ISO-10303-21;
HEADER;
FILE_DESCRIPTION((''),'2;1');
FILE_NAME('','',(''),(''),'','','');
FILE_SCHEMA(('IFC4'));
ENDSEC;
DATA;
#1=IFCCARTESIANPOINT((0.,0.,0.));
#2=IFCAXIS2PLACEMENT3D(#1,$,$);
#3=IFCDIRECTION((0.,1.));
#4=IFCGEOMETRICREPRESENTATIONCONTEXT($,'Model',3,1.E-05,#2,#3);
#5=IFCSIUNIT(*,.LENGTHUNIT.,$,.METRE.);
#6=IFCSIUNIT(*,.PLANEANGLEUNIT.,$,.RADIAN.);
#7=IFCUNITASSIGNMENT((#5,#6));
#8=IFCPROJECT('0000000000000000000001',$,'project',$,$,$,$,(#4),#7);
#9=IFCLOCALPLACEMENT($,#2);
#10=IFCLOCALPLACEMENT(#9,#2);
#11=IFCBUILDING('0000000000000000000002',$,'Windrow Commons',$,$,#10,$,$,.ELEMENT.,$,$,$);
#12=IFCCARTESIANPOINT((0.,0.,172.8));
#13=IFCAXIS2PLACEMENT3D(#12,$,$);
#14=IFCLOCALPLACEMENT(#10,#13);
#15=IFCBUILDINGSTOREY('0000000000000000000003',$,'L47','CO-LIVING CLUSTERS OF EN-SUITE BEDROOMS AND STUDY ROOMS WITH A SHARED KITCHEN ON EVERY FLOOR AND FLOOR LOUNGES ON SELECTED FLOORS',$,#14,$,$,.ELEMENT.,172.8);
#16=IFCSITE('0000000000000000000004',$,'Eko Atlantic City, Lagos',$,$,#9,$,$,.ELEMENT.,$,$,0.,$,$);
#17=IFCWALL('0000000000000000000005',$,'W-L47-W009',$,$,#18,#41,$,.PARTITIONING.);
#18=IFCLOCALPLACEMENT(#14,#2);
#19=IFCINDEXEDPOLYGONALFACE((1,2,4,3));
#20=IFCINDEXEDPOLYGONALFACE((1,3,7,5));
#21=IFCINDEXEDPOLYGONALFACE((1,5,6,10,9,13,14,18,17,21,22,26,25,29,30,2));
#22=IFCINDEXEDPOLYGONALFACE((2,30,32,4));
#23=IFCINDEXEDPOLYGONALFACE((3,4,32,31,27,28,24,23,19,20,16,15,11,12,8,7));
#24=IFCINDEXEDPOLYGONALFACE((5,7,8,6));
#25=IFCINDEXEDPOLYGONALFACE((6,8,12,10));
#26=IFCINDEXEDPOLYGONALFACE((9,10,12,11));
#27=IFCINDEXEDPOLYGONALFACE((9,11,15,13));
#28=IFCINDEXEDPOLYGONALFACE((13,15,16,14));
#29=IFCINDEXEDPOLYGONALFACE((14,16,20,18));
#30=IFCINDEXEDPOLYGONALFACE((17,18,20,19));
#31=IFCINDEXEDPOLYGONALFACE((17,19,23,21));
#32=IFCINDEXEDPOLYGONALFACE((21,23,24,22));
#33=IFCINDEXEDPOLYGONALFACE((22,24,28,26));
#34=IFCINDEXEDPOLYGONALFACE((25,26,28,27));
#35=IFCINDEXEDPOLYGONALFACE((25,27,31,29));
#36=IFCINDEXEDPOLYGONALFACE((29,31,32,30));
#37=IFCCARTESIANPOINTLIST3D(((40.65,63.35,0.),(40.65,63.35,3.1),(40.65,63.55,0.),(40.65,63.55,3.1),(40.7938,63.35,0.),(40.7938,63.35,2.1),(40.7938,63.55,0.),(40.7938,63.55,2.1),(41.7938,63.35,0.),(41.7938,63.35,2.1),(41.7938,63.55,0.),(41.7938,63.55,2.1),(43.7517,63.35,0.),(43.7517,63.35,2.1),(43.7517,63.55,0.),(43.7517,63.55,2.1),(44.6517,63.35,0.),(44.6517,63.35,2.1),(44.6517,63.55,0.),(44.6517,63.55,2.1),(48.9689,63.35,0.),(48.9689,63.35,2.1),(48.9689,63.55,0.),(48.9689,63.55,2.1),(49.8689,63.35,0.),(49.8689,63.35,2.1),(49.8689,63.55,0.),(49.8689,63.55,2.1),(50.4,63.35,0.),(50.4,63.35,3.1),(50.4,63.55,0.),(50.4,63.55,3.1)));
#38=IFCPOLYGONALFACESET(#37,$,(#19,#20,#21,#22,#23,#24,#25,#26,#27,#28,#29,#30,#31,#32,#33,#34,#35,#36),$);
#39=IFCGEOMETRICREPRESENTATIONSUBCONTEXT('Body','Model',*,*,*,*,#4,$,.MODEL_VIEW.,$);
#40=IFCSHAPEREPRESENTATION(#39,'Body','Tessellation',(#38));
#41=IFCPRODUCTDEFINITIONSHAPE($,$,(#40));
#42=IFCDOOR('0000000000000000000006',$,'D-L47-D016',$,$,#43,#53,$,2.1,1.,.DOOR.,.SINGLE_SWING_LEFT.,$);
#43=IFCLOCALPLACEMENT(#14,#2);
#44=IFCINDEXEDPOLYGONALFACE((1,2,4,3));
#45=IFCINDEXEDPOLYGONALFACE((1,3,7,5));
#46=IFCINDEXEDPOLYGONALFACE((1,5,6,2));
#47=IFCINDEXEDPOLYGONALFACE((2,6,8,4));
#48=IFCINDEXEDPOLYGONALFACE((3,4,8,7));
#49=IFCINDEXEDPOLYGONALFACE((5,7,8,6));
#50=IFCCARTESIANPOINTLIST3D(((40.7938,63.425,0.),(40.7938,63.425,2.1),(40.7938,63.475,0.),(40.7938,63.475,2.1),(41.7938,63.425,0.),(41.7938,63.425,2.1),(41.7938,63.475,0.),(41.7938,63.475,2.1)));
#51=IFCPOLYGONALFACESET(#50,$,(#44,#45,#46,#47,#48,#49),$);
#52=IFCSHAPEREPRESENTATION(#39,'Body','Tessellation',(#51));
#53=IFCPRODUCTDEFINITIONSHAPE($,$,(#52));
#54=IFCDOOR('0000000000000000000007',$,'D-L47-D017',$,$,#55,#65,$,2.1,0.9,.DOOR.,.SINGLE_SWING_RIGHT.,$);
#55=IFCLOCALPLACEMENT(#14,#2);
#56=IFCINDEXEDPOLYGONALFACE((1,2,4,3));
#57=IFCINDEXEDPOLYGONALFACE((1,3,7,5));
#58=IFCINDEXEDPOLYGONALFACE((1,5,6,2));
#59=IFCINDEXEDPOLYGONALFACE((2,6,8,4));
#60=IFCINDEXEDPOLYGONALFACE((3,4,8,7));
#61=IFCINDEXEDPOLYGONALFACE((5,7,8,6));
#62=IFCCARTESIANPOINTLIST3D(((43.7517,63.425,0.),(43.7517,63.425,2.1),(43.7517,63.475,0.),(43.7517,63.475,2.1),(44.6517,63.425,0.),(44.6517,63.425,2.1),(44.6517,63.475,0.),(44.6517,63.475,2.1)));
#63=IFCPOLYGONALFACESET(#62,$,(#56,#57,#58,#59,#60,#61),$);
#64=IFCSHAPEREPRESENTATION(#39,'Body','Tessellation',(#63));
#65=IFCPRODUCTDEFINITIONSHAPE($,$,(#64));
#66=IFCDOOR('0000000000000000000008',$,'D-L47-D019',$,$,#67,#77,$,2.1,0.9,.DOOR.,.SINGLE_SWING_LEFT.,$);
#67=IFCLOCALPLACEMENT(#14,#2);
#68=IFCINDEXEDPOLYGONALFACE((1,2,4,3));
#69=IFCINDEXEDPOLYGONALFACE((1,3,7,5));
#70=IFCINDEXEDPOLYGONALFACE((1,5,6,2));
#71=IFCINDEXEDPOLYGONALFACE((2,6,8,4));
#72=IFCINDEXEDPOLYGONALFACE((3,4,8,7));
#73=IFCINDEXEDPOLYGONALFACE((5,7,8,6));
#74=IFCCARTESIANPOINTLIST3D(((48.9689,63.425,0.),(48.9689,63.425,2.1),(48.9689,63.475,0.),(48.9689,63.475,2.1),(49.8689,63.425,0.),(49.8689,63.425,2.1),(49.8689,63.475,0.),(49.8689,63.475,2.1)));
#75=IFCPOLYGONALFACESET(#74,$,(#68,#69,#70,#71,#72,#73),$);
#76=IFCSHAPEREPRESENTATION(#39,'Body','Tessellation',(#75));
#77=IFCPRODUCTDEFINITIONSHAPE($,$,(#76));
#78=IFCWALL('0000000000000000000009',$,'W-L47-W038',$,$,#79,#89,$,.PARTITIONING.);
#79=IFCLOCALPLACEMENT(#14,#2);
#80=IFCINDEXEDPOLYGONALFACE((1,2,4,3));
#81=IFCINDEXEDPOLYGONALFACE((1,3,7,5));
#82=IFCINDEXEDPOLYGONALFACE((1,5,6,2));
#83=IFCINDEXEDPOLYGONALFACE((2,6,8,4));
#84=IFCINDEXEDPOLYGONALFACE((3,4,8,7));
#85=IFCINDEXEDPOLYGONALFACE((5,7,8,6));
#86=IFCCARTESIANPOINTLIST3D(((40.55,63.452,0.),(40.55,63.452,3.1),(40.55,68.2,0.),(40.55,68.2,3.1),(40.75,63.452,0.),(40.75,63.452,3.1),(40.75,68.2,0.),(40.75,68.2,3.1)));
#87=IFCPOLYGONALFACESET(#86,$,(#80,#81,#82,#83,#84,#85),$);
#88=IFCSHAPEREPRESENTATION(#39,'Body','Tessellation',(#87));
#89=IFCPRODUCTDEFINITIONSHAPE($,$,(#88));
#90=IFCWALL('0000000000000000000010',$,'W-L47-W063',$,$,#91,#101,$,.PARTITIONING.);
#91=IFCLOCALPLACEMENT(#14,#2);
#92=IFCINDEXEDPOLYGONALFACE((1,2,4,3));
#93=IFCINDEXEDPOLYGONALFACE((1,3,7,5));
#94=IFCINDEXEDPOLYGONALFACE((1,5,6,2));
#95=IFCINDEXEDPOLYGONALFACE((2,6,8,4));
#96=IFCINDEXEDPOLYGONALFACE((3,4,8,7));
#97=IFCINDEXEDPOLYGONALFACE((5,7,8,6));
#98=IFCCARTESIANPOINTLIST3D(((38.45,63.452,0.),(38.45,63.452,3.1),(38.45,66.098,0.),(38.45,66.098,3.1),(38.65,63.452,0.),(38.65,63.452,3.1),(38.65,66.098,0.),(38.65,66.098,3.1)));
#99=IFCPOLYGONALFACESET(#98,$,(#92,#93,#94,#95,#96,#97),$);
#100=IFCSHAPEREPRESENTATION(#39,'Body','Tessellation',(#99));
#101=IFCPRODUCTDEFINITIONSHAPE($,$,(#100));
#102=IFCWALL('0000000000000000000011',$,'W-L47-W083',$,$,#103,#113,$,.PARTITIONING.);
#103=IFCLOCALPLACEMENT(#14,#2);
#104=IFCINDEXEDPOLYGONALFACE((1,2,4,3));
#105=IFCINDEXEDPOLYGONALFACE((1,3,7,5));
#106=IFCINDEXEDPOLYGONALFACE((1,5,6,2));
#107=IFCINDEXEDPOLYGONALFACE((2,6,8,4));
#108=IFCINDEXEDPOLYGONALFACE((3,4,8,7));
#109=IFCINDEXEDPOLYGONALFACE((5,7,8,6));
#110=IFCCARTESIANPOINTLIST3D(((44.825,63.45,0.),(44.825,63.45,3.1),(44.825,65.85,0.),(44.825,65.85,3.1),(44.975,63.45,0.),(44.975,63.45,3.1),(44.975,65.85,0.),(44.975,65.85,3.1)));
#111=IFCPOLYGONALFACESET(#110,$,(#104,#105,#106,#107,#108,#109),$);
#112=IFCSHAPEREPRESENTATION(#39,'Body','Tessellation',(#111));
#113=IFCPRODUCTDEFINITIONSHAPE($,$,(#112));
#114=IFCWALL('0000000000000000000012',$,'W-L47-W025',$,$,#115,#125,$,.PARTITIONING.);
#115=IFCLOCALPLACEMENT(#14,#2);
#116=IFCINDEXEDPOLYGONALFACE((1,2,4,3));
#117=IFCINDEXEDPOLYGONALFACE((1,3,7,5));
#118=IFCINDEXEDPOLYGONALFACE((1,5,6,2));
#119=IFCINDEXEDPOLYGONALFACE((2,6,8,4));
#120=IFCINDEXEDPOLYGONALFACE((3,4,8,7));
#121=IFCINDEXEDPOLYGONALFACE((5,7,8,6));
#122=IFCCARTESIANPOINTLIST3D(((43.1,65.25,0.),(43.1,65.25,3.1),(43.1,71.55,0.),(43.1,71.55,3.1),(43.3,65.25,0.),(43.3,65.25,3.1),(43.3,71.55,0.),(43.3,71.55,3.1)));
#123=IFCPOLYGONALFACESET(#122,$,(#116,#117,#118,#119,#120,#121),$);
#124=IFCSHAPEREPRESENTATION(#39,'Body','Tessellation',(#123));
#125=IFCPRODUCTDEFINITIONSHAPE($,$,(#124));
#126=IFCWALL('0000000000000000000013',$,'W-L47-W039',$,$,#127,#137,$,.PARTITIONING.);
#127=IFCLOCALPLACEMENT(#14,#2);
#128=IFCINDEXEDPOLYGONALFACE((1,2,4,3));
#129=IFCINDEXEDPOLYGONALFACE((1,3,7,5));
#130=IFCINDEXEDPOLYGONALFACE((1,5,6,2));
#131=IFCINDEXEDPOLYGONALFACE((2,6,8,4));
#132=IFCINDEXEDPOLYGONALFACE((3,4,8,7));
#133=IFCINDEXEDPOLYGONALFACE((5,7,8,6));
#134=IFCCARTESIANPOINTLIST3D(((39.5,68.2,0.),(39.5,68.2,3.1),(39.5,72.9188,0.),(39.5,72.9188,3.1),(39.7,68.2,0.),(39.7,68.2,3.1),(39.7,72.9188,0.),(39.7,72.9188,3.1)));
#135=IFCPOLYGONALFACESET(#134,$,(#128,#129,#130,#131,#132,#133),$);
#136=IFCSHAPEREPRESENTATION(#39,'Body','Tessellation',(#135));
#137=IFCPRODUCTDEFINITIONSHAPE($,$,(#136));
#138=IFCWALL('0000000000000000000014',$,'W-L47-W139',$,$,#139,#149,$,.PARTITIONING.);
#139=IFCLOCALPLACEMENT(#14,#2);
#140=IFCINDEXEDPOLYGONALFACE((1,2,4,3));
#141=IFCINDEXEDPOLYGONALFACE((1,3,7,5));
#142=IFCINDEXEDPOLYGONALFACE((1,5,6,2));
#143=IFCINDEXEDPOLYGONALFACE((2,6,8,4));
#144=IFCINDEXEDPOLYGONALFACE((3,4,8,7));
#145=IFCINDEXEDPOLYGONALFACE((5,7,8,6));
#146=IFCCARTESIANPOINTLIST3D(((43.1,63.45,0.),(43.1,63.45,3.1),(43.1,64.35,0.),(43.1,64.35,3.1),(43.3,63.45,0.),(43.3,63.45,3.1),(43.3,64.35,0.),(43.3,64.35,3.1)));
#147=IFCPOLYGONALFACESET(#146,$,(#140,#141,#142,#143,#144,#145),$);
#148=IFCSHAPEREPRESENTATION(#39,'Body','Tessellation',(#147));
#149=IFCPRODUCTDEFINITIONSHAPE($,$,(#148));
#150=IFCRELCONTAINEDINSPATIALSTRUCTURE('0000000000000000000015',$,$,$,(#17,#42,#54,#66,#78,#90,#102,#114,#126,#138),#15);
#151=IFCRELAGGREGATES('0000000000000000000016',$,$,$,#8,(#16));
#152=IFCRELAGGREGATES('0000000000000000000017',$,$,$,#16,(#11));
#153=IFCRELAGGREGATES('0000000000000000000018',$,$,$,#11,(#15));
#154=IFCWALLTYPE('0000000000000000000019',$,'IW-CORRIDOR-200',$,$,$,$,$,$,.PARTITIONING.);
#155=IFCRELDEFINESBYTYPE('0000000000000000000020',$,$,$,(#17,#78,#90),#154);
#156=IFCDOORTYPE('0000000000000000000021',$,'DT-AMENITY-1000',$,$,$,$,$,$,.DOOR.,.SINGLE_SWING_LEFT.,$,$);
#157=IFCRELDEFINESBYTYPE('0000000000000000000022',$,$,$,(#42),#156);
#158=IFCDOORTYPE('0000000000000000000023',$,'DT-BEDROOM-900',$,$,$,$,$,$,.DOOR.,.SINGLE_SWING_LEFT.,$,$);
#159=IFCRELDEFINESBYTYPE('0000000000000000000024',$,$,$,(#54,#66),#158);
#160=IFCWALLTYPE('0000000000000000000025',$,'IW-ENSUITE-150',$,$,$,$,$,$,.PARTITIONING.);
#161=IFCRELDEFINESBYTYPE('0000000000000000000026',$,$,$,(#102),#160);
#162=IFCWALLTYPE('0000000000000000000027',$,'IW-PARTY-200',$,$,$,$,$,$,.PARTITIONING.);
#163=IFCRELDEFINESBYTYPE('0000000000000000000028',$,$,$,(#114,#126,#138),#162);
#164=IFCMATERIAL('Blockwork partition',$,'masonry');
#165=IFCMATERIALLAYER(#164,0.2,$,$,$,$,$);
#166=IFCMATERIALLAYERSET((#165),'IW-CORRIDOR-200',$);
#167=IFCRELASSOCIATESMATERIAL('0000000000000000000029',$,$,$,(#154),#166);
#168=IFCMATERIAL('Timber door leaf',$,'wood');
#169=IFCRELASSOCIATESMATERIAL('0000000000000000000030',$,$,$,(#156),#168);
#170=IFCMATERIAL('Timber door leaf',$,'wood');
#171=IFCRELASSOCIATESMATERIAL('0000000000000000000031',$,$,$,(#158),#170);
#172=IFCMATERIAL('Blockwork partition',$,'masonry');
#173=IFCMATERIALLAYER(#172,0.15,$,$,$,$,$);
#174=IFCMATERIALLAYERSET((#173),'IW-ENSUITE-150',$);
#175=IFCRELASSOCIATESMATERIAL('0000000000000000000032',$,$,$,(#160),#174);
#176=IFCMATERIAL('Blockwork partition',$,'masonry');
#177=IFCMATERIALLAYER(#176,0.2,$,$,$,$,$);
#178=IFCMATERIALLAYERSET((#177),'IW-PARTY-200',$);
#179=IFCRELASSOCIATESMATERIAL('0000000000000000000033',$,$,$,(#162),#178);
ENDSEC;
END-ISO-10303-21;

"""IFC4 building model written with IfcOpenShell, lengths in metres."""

from ifc_helpers import new_model, si_unit, direction, frame, frame_2d, origin, place, context, subcontext, project, spatial, rectangle, extrude, material, layer, layer_set, type_object, element, fill, save


model = new_model("IFC4")

# Units and contexts
model_context = context("Model", 3, precision=1e-05, world=origin(), true_north=direction((0.0, 1.0)))
body_context = subcontext(model_context, "Body", "Model", "MODEL_VIEW")
ifc_project = project(units=[si_unit("LENGTHUNIT", "METRE"), si_unit("PLANEANGLEUNIT", "RADIAN")], contexts=[model_context])

# Site, building, storey
site_placement = place(None, origin())
site = spatial("IfcSite", under=ifc_project, at=site_placement, Name="Eko Atlantic City, Lagos", CompositionType="ELEMENT", RefElevation=0.0)
building_placement = place(site_placement, origin())
building = spatial("IfcBuilding", under=site, at=building_placement, Name="Windrow Commons", CompositionType="ELEMENT")
storey_placement = place(building_placement, frame((0.0, 0.0, 172.8)))
storey = spatial("IfcBuildingStorey", under=building, at=storey_placement, Name="L47", Description="CO-LIVING CLUSTERS OF EN-SUITE BEDROOMS AND STUDY ROOMS WITH A SHARED KITCHEN ON EVERY FLOOR AND FLOOR LOUNGES ON SELECTED FLOORS", CompositionType="ELEMENT", Elevation=172.8)

# Wall, openings, doors
ifc_material_1 = material(Name="Blockwork partition", Category="masonry")
ifc_layer_1 = layer(ifc_material_1, 0.2)
ifc_layer_set_1 = layer_set([ifc_layer_1], Name="IW-CORRIDOR-200")
wall_type_1 = type_object("IfcWallType", Name="IW-CORRIDOR-200", PredefinedType="PARTITIONING", material=ifc_layer_set_1)
wall_1_placement = place(storey_placement, frame((40.65, 63.45, 0.0), z_axis=(0.0, 0.0, 1.0), x_axis=(1.0, 0.0, 0.0)))
wall_1 = element("IfcWall", 1, at=wall_1_placement, inside=storey, type_object=wall_type_1, Name="W-L47-W009", PredefinedType="PARTITIONING", context=body_context, shape_type="SweptSolid", body=[
    extrude(rectangle(XDim=9.75, YDim=0.2, at=frame_2d((4.875, 0.0))), origin(), (0.0, 0.0, 1.0), 3.1),
])
opening_1_placement = place(wall_1_placement, frame((0.1438, 0.0, 0.0)))
opening_1 = element("IfcOpeningElement", 2, at=opening_1_placement, cuts=wall_1, PredefinedType="OPENING", context=body_context, shape_type="SweptSolid", body=[
    extrude(rectangle(XDim=1.0, YDim=2.1, at=frame_2d((0.5, 1.05))), frame((0.0, 0.11, 0.0), z_axis=(0.0, -1.0, 0.0), x_axis=(1.0, 0.0, 0.0)), (0.0, 0.0, 1.0), 0.22),
])
opening_2_placement = place(wall_1_placement, frame((3.1017, 0.0, 0.0)))
opening_2 = element("IfcOpeningElement", 3, at=opening_2_placement, cuts=wall_1, PredefinedType="OPENING", context=body_context, shape_type="SweptSolid", body=[
    extrude(rectangle(XDim=0.9, YDim=2.1, at=frame_2d((0.45, 1.05))), frame((0.0, 0.11, 0.0), z_axis=(0.0, -1.0, 0.0), x_axis=(1.0, 0.0, 0.0)), (0.0, 0.0, 1.0), 0.22),
])
opening_3_placement = place(wall_1_placement, frame((8.3189, 0.0, 0.0)))
opening_3 = element("IfcOpeningElement", 4, at=opening_3_placement, cuts=wall_1, PredefinedType="OPENING", context=body_context, shape_type="SweptSolid", body=[
    extrude(rectangle(XDim=0.9, YDim=2.1, at=frame_2d((0.45, 1.05))), frame((0.0, 0.11, 0.0), z_axis=(0.0, -1.0, 0.0), x_axis=(1.0, 0.0, 0.0)), (0.0, 0.0, 1.0), 0.22),
])
ifc_material_2 = material(Name="Timber door leaf", Category="wood")
door_type_1 = type_object("IfcDoorType", Name="DT-AMENITY-1000", OperationType="SINGLE_SWING_LEFT", PredefinedType="DOOR", material=ifc_material_2)
door_1_placement = place(opening_1_placement, origin())
door_1 = element("IfcDoor", 5, at=door_1_placement, inside=storey, type_object=door_type_1, Name="D-L47-D016", OperationType="SINGLE_SWING_LEFT", OverallHeight=2.1, OverallWidth=1.0, PredefinedType="DOOR", context=body_context, shape_type="SweptSolid", body=[
    extrude(rectangle(XDim=1.0, YDim=2.1, at=frame_2d((0.5, 1.05))), frame((0.0, 0.025, 0.0), z_axis=(0.0, -1.0, 0.0), x_axis=(1.0, 0.0, 0.0)), (0.0, 0.0, 1.0), 0.05),
])
fill(opening_1, door_1)
ifc_material_3 = material(Name="Timber door leaf", Category="wood")
door_type_2 = type_object("IfcDoorType", Name="DT-BEDROOM-900", OperationType="SINGLE_SWING_LEFT", PredefinedType="DOOR", material=ifc_material_3)
door_2_placement = place(opening_2_placement, origin())
door_2 = element("IfcDoor", 6, at=door_2_placement, inside=storey, type_object=door_type_2, Name="D-L47-D017", OperationType="SINGLE_SWING_RIGHT", OverallHeight=2.1, OverallWidth=0.9, PredefinedType="DOOR", context=body_context, shape_type="SweptSolid", body=[
    extrude(rectangle(XDim=0.9, YDim=2.1, at=frame_2d((0.45, 1.05))), frame((0.0, 0.025, 0.0), z_axis=(0.0, -1.0, 0.0), x_axis=(1.0, 0.0, 0.0)), (0.0, 0.0, 1.0), 0.05),
])
fill(opening_2, door_2)
door_3_placement = place(opening_3_placement, origin())
door_3 = element("IfcDoor", 7, at=door_3_placement, inside=storey, type_object=door_type_2, Name="D-L47-D019", OperationType="SINGLE_SWING_LEFT", OverallHeight=2.1, OverallWidth=0.9, PredefinedType="DOOR", context=body_context, shape_type="SweptSolid", body=[
    extrude(rectangle(XDim=0.9, YDim=2.1, at=frame_2d((0.45, 1.05))), frame((0.0, 0.025, 0.0), z_axis=(0.0, -1.0, 0.0), x_axis=(1.0, 0.0, 0.0)), (0.0, 0.0, 1.0), 0.05),
])
fill(opening_3, door_3)

# Walls
wall_2_placement = place(storey_placement, frame((40.65, 63.452, 0.0), z_axis=(0.0, 0.0, 1.0), x_axis=(0.0, 1.0, 0.0)))
element("IfcWall", 8, at=wall_2_placement, inside=storey, type_object=wall_type_1, Name="W-L47-W038", PredefinedType="PARTITIONING", context=body_context, shape_type="SweptSolid", body=[
    extrude(rectangle(XDim=4.748, YDim=0.2, at=frame_2d((2.374, 0.0))), origin(), (0.0, 0.0, 1.0), 3.1),
])
wall_3_placement = place(storey_placement, frame((38.55, 63.452, 0.0), z_axis=(0.0, 0.0, 1.0), x_axis=(0.0, 1.0, 0.0)))
element("IfcWall", 9, at=wall_3_placement, inside=storey, type_object=wall_type_1, Name="W-L47-W063", PredefinedType="PARTITIONING", context=body_context, shape_type="SweptSolid", body=[
    extrude(rectangle(XDim=2.646, YDim=0.2, at=frame_2d((1.323, 0.0))), origin(), (0.0, 0.0, 1.0), 3.1),
])
ifc_material_4 = material(Name="Blockwork partition", Category="masonry")
ifc_layer_2 = layer(ifc_material_4, 0.15)
ifc_layer_set_2 = layer_set([ifc_layer_2], Name="IW-ENSUITE-150")
wall_type_2 = type_object("IfcWallType", Name="IW-ENSUITE-150", PredefinedType="PARTITIONING", material=ifc_layer_set_2)
wall_4_placement = place(storey_placement, frame((44.9, 63.45, 0.0), z_axis=(0.0, 0.0, 1.0), x_axis=(0.0, 1.0, 0.0)))
element("IfcWall", 10, at=wall_4_placement, inside=storey, type_object=wall_type_2, Name="W-L47-W083", PredefinedType="PARTITIONING", context=body_context, shape_type="SweptSolid", body=[
    extrude(rectangle(XDim=2.4, YDim=0.15, at=frame_2d((1.2, 0.0))), origin(), (0.0, 0.0, 1.0), 3.1),
])
ifc_material_5 = material(Name="Blockwork partition", Category="masonry")
ifc_layer_3 = layer(ifc_material_5, 0.2)
ifc_layer_set_3 = layer_set([ifc_layer_3], Name="IW-PARTY-200")
wall_type_3 = type_object("IfcWallType", Name="IW-PARTY-200", PredefinedType="PARTITIONING", material=ifc_layer_set_3)
wall_5_placement = place(storey_placement, frame((43.2, 65.25, 0.0), z_axis=(0.0, 0.0, 1.0), x_axis=(0.0, 1.0, 0.0)))
element("IfcWall", 11, at=wall_5_placement, inside=storey, type_object=wall_type_3, Name="W-L47-W025", PredefinedType="PARTITIONING", context=body_context, shape_type="SweptSolid", body=[
    extrude(rectangle(XDim=6.3, YDim=0.2, at=frame_2d((3.15, 0.0))), origin(), (0.0, 0.0, 1.0), 3.1),
])
wall_6_placement = place(storey_placement, frame((39.6, 68.2, 0.0), z_axis=(0.0, 0.0, 1.0), x_axis=(0.0, 1.0, 0.0)))
element("IfcWall", 12, at=wall_6_placement, inside=storey, type_object=wall_type_3, Name="W-L47-W039", PredefinedType="PARTITIONING", context=body_context, shape_type="SweptSolid", body=[
    extrude(rectangle(XDim=4.7187, YDim=0.2, at=frame_2d((2.3594, 0.0))), origin(), (0.0, 0.0, 1.0), 3.1),
])
wall_7_placement = place(storey_placement, frame((43.2, 63.45, 0.0), z_axis=(0.0, 0.0, 1.0), x_axis=(0.0, 1.0, 0.0)))
element("IfcWall", 13, at=wall_7_placement, inside=storey, type_object=wall_type_3, Name="W-L47-W139", PredefinedType="PARTITIONING", context=body_context, shape_type="SweptSolid", body=[
    extrude(rectangle(XDim=0.9, YDim=0.2, at=frame_2d((0.45, 0.0))), origin(), (0.0, 0.0, 1.0), 3.1),
])

save(model, "model.ifc")
